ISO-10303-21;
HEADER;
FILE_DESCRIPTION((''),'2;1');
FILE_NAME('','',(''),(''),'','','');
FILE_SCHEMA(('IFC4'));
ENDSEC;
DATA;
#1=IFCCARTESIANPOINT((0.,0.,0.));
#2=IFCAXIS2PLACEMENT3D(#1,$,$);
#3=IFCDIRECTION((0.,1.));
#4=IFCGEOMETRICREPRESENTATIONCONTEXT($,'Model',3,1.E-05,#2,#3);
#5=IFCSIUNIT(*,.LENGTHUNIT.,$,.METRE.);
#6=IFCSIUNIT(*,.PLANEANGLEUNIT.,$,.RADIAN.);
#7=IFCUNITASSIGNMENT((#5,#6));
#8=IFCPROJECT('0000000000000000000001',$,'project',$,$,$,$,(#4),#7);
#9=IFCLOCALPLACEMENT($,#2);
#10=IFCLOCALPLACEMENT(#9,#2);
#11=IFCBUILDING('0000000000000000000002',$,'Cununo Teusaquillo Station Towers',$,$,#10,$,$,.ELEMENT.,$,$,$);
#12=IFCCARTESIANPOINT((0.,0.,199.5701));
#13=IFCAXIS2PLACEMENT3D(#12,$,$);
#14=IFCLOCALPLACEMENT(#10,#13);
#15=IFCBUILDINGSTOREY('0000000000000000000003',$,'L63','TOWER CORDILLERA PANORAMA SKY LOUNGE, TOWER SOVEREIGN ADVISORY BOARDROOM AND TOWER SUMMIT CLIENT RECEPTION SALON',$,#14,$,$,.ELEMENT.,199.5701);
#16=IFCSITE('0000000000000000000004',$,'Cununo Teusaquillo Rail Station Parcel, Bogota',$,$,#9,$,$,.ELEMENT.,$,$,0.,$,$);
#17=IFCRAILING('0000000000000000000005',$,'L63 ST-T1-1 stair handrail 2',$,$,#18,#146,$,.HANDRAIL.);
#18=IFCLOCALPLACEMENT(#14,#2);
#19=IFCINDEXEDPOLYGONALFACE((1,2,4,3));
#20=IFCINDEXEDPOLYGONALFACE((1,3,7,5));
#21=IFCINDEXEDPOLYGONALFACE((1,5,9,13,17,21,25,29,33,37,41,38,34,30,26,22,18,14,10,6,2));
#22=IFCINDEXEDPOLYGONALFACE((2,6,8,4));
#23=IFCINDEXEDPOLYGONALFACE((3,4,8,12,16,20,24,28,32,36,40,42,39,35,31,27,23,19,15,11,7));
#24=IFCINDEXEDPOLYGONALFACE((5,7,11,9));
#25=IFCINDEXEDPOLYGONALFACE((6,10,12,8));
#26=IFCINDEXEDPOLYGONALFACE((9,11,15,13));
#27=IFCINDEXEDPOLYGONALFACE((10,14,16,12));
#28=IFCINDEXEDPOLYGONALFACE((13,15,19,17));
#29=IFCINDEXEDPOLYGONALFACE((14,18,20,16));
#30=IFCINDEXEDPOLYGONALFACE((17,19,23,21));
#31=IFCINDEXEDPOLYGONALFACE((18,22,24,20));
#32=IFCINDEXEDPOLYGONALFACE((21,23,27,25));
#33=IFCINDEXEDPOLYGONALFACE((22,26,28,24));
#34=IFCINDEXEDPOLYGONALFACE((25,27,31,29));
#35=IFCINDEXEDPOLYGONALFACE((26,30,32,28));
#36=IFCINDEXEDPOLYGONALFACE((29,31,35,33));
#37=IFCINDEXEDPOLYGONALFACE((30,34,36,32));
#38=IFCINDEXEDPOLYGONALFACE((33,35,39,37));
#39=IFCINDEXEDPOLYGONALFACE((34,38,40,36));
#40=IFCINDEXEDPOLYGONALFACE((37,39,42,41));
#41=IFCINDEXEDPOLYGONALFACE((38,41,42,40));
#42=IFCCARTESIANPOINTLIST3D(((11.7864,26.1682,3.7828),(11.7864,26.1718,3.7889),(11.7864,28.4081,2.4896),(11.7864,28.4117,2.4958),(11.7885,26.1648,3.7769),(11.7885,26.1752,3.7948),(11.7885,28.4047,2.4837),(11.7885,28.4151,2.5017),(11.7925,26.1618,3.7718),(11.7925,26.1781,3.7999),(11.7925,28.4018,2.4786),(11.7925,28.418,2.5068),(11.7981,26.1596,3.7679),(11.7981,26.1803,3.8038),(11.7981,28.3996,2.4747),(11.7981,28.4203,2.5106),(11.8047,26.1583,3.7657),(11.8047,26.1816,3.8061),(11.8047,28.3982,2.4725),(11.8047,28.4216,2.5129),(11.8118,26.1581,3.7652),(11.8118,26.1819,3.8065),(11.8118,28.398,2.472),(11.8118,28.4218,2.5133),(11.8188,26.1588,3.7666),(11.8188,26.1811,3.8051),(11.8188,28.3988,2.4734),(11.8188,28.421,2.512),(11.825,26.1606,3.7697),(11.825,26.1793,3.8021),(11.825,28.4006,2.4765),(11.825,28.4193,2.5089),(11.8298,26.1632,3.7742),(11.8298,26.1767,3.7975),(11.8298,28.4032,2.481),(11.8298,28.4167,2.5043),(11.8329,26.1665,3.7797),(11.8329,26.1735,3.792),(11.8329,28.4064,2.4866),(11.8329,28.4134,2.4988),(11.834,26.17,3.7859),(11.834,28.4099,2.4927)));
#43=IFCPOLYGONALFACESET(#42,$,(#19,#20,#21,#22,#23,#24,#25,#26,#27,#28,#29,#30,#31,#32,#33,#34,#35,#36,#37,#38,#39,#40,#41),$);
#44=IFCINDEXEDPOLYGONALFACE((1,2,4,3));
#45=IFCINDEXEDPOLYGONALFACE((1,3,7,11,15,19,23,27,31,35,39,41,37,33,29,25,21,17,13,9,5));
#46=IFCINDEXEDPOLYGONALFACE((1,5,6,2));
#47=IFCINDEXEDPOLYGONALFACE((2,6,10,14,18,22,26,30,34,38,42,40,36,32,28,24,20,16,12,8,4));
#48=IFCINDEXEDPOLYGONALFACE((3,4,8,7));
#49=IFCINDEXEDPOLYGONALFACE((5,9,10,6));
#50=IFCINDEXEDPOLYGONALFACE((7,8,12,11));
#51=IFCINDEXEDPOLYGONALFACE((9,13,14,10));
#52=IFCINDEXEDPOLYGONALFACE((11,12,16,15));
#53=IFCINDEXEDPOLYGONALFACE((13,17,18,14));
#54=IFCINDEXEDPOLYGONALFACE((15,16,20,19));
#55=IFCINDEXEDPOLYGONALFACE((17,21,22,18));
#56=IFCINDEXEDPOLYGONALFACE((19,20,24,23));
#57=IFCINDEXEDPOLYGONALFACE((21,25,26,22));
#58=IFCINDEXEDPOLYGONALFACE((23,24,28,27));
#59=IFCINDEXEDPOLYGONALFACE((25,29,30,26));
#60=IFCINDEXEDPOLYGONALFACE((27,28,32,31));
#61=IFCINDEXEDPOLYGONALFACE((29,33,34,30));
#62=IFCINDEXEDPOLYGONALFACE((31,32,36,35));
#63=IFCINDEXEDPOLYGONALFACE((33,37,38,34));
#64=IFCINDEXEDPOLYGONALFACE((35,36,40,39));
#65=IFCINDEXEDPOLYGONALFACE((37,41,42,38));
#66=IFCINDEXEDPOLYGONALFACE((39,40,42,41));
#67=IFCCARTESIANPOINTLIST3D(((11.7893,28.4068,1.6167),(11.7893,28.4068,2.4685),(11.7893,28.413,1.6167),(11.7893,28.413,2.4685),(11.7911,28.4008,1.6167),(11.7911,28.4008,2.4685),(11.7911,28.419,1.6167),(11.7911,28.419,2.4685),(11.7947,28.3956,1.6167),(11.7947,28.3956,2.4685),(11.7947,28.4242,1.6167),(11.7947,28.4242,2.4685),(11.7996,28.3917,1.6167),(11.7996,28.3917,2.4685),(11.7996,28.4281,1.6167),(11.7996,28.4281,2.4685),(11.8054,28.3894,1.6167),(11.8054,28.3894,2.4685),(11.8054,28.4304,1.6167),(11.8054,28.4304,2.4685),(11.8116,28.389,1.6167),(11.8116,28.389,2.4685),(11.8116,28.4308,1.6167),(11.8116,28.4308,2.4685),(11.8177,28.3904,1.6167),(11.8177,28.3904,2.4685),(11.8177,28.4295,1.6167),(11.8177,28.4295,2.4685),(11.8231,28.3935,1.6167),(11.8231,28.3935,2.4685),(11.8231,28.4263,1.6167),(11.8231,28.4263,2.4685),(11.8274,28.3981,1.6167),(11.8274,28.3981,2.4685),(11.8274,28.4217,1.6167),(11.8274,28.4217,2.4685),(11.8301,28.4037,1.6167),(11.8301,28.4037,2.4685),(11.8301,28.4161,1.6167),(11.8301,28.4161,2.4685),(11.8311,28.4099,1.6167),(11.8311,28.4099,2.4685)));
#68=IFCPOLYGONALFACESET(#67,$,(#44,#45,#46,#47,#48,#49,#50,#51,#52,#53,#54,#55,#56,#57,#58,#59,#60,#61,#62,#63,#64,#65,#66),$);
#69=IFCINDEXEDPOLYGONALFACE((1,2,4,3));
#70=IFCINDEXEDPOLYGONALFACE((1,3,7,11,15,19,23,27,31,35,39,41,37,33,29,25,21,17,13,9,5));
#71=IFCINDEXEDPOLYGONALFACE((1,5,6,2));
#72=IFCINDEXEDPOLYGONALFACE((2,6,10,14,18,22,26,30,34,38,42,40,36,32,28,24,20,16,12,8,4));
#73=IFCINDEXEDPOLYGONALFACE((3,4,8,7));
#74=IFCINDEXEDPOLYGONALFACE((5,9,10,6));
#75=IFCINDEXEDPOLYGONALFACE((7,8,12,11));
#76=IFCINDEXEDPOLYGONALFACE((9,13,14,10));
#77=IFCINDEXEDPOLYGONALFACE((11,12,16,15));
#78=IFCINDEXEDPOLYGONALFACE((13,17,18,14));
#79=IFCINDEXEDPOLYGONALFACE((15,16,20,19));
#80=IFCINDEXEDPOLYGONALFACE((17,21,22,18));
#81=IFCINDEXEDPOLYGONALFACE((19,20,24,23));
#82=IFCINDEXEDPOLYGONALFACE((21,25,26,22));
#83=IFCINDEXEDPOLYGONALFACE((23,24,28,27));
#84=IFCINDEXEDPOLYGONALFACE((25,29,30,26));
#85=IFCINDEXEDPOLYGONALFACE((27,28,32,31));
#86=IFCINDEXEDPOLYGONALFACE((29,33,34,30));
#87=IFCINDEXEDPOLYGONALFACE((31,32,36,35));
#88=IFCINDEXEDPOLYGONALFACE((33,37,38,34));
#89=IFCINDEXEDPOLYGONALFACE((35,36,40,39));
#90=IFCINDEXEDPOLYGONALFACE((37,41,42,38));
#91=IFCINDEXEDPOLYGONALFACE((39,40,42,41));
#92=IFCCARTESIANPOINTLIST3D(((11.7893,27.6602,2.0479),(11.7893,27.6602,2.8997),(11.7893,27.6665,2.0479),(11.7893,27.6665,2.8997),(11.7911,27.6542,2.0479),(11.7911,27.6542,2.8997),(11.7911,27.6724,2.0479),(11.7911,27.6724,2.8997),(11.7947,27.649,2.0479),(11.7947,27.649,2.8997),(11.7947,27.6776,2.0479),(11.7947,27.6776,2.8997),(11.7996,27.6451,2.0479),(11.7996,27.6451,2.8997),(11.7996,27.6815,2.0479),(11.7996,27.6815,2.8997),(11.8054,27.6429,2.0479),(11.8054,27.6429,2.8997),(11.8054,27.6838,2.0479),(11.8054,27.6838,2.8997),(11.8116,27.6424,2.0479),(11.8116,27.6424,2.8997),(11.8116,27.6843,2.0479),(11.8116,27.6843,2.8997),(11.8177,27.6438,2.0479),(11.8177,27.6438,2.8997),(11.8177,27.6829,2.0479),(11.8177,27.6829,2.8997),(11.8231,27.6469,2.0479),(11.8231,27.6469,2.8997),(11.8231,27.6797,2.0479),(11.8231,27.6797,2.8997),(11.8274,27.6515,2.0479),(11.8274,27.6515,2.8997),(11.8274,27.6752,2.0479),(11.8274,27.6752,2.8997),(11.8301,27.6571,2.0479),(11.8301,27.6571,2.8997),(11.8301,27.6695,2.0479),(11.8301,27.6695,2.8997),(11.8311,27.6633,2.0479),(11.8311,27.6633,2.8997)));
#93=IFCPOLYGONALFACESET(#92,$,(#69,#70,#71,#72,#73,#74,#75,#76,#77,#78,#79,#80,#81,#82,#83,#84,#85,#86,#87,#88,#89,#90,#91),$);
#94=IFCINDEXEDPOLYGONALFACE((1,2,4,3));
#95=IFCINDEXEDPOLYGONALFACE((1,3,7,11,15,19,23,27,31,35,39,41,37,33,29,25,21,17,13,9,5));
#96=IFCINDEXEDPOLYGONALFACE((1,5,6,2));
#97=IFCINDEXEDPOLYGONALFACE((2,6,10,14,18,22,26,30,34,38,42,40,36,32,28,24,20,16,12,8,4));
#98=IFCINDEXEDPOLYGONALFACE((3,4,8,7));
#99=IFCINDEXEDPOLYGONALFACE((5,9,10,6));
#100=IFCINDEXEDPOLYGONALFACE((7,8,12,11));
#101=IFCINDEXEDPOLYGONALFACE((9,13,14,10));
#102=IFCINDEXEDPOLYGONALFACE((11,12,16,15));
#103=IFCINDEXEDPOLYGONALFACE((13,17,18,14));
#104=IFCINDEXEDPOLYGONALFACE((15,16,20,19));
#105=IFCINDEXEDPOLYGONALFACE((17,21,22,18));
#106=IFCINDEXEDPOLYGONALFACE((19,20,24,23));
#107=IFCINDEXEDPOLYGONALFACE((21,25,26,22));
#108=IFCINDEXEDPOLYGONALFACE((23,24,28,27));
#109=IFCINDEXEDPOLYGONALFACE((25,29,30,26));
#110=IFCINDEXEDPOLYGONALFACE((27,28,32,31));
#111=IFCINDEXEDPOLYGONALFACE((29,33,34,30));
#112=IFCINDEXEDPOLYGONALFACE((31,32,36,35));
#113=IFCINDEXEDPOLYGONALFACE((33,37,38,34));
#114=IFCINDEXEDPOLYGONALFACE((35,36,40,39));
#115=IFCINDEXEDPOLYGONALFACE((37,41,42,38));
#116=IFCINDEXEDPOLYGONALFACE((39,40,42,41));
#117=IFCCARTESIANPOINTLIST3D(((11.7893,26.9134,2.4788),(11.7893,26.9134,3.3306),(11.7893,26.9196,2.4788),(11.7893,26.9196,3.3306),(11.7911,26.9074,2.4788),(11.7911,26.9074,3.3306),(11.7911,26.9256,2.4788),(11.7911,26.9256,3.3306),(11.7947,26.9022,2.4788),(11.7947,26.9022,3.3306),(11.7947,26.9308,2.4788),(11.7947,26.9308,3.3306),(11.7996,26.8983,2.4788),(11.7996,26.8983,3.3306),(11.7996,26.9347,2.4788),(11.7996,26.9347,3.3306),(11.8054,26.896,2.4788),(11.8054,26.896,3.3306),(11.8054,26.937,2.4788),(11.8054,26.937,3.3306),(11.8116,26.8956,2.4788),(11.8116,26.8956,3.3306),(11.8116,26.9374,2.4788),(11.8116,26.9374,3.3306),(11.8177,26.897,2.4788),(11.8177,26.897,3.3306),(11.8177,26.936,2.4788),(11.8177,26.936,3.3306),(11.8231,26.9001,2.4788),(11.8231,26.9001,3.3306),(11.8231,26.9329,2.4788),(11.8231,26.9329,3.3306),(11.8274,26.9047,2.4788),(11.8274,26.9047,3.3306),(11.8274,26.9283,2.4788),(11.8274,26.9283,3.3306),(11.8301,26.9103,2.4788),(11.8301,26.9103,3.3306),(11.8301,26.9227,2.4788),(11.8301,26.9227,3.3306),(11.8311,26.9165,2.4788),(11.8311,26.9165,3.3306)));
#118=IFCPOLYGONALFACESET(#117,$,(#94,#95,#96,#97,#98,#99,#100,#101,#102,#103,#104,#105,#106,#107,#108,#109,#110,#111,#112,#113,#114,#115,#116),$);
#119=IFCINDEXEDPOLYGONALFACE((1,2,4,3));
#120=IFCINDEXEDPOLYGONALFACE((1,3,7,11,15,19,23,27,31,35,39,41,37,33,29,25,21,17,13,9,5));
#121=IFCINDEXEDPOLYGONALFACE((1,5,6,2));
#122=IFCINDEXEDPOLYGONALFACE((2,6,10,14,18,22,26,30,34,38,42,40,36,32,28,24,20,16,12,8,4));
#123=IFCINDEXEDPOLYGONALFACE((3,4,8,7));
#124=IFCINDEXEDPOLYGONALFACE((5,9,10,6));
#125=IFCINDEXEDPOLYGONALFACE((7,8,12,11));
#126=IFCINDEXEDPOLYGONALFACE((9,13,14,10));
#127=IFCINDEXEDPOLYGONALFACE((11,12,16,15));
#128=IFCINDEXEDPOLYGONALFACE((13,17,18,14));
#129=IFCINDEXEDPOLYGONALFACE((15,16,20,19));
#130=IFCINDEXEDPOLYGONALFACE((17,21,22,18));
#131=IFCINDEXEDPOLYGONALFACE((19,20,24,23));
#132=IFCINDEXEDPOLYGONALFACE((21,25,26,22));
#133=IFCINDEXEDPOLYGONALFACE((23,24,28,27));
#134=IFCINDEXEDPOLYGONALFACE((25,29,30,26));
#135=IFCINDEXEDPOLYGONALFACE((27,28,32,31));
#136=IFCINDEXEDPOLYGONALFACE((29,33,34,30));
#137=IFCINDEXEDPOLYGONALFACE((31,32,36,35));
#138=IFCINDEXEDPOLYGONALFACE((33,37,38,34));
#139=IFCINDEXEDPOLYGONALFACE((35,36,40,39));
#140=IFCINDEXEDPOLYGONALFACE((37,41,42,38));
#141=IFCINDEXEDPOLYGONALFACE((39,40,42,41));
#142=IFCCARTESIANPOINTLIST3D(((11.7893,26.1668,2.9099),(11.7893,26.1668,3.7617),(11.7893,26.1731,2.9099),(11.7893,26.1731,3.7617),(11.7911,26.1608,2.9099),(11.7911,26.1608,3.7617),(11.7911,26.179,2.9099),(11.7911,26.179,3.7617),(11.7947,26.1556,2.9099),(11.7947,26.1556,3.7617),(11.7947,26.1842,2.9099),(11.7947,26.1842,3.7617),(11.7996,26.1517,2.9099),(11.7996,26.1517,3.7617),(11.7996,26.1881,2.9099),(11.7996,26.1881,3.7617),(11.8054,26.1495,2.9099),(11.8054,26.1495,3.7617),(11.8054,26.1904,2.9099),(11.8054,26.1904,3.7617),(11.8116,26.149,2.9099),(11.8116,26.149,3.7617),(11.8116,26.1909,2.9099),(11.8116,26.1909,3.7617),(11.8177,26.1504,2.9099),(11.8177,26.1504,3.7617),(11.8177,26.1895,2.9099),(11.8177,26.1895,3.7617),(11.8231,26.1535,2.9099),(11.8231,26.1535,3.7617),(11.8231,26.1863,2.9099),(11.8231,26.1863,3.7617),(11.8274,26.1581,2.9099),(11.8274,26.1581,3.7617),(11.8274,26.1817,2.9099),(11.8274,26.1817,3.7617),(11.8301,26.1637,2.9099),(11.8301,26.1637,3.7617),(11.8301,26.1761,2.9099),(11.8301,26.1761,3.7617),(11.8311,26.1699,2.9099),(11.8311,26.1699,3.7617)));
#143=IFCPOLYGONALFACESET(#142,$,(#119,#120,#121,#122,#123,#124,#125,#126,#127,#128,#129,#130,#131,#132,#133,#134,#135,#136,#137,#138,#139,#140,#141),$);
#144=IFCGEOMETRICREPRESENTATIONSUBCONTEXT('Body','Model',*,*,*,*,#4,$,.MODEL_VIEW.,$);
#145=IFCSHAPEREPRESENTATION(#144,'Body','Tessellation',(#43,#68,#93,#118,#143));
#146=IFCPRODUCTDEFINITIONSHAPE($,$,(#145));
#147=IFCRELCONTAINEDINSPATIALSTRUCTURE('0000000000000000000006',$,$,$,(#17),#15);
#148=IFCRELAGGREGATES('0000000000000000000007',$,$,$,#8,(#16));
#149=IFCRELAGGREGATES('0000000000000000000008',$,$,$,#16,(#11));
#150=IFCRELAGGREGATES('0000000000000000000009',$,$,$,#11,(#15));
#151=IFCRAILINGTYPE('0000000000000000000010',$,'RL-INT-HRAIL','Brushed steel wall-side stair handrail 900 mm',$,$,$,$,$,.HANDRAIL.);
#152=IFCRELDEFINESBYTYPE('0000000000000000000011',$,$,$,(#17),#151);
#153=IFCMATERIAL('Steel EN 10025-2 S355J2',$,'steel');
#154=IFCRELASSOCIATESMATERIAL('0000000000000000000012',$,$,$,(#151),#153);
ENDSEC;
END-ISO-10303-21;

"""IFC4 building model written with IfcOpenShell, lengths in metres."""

from ifc_helpers import new_model, si_unit, direction, frame, origin, origin_2d, place, context, subcontext, project, spatial, circle, extrude, material, type_object, element, save


model = new_model("IFC4")

# Units and contexts
model_context = context("Model", 3, precision=1e-05, world=origin(), true_north=direction((0.0, 1.0)))
body_context = subcontext(model_context, "Body", "Model", "MODEL_VIEW")
ifc_project = project(units=[si_unit("LENGTHUNIT", "METRE"), si_unit("PLANEANGLEUNIT", "RADIAN")], contexts=[model_context])

# Site, building, storey
site_placement = place(None, origin())
site = spatial("IfcSite", under=ifc_project, at=site_placement, Name="Cununo Teusaquillo Rail Station Parcel, Bogota", CompositionType="ELEMENT", RefElevation=0.0)
building_placement = place(site_placement, origin())
building = spatial("IfcBuilding", under=site, at=building_placement, Name="Cununo Teusaquillo Station Towers", CompositionType="ELEMENT")
storey_placement = place(building_placement, frame((0.0, 0.0, 199.5701)))
storey = spatial("IfcBuildingStorey", under=building, at=storey_placement, Name="L63", Description="TOWER CORDILLERA PANORAMA SKY LOUNGE, TOWER SOVEREIGN ADVISORY BOARDROOM AND TOWER SUMMIT CLIENT RECEPTION SALON", CompositionType="ELEMENT", Elevation=199.5701)

# Railing
ifc_material_1 = material(Name="Steel EN 10025-2 S355J2", Category="steel")
railing_type_1 = type_object("IfcRailingType", Name="RL-INT-HRAIL", Description="Brushed steel wall-side stair handrail 900 mm", PredefinedType="HANDRAIL", material=ifc_material_1)
railing_1_placement = place(storey_placement, frame((11.8101, 28.4099, 1.6167)))
element("IfcRailing", 1, at=railing_1_placement, inside=storey, type_object=railing_type_1, Name="L63 ST-T1-1 stair handrail 2", PredefinedType="HANDRAIL", context=body_context, shape_type="SweptSolid", body=[
    extrude(circle(Radius=0.0239, at=origin_2d()), frame((0.0, 0.0, 0.876), z_axis=(0.0, -0.866033, 0.499987), x_axis=(1.0, 0.0, 0.0)), (0.0, 0.0, 1.0), 2.5864),
    extrude(circle(Radius=0.021, at=origin_2d()), origin(), (0.0, 0.0, 1.0), 0.8518),
    extrude(circle(Radius=0.021, at=origin_2d()), frame((0.0, -0.7466, 0.4312)), (0.0, 0.0, 1.0), 0.8518),
    extrude(circle(Radius=0.021, at=origin_2d()), frame((0.0, -1.4934, 0.8621)), (0.0, 0.0, 1.0), 0.8518),
    extrude(circle(Radius=0.021, at=origin_2d()), frame((0.0, -2.24, 1.2932)), (0.0, 0.0, 1.0), 0.8518),
])

save(model, "model.ifc")
